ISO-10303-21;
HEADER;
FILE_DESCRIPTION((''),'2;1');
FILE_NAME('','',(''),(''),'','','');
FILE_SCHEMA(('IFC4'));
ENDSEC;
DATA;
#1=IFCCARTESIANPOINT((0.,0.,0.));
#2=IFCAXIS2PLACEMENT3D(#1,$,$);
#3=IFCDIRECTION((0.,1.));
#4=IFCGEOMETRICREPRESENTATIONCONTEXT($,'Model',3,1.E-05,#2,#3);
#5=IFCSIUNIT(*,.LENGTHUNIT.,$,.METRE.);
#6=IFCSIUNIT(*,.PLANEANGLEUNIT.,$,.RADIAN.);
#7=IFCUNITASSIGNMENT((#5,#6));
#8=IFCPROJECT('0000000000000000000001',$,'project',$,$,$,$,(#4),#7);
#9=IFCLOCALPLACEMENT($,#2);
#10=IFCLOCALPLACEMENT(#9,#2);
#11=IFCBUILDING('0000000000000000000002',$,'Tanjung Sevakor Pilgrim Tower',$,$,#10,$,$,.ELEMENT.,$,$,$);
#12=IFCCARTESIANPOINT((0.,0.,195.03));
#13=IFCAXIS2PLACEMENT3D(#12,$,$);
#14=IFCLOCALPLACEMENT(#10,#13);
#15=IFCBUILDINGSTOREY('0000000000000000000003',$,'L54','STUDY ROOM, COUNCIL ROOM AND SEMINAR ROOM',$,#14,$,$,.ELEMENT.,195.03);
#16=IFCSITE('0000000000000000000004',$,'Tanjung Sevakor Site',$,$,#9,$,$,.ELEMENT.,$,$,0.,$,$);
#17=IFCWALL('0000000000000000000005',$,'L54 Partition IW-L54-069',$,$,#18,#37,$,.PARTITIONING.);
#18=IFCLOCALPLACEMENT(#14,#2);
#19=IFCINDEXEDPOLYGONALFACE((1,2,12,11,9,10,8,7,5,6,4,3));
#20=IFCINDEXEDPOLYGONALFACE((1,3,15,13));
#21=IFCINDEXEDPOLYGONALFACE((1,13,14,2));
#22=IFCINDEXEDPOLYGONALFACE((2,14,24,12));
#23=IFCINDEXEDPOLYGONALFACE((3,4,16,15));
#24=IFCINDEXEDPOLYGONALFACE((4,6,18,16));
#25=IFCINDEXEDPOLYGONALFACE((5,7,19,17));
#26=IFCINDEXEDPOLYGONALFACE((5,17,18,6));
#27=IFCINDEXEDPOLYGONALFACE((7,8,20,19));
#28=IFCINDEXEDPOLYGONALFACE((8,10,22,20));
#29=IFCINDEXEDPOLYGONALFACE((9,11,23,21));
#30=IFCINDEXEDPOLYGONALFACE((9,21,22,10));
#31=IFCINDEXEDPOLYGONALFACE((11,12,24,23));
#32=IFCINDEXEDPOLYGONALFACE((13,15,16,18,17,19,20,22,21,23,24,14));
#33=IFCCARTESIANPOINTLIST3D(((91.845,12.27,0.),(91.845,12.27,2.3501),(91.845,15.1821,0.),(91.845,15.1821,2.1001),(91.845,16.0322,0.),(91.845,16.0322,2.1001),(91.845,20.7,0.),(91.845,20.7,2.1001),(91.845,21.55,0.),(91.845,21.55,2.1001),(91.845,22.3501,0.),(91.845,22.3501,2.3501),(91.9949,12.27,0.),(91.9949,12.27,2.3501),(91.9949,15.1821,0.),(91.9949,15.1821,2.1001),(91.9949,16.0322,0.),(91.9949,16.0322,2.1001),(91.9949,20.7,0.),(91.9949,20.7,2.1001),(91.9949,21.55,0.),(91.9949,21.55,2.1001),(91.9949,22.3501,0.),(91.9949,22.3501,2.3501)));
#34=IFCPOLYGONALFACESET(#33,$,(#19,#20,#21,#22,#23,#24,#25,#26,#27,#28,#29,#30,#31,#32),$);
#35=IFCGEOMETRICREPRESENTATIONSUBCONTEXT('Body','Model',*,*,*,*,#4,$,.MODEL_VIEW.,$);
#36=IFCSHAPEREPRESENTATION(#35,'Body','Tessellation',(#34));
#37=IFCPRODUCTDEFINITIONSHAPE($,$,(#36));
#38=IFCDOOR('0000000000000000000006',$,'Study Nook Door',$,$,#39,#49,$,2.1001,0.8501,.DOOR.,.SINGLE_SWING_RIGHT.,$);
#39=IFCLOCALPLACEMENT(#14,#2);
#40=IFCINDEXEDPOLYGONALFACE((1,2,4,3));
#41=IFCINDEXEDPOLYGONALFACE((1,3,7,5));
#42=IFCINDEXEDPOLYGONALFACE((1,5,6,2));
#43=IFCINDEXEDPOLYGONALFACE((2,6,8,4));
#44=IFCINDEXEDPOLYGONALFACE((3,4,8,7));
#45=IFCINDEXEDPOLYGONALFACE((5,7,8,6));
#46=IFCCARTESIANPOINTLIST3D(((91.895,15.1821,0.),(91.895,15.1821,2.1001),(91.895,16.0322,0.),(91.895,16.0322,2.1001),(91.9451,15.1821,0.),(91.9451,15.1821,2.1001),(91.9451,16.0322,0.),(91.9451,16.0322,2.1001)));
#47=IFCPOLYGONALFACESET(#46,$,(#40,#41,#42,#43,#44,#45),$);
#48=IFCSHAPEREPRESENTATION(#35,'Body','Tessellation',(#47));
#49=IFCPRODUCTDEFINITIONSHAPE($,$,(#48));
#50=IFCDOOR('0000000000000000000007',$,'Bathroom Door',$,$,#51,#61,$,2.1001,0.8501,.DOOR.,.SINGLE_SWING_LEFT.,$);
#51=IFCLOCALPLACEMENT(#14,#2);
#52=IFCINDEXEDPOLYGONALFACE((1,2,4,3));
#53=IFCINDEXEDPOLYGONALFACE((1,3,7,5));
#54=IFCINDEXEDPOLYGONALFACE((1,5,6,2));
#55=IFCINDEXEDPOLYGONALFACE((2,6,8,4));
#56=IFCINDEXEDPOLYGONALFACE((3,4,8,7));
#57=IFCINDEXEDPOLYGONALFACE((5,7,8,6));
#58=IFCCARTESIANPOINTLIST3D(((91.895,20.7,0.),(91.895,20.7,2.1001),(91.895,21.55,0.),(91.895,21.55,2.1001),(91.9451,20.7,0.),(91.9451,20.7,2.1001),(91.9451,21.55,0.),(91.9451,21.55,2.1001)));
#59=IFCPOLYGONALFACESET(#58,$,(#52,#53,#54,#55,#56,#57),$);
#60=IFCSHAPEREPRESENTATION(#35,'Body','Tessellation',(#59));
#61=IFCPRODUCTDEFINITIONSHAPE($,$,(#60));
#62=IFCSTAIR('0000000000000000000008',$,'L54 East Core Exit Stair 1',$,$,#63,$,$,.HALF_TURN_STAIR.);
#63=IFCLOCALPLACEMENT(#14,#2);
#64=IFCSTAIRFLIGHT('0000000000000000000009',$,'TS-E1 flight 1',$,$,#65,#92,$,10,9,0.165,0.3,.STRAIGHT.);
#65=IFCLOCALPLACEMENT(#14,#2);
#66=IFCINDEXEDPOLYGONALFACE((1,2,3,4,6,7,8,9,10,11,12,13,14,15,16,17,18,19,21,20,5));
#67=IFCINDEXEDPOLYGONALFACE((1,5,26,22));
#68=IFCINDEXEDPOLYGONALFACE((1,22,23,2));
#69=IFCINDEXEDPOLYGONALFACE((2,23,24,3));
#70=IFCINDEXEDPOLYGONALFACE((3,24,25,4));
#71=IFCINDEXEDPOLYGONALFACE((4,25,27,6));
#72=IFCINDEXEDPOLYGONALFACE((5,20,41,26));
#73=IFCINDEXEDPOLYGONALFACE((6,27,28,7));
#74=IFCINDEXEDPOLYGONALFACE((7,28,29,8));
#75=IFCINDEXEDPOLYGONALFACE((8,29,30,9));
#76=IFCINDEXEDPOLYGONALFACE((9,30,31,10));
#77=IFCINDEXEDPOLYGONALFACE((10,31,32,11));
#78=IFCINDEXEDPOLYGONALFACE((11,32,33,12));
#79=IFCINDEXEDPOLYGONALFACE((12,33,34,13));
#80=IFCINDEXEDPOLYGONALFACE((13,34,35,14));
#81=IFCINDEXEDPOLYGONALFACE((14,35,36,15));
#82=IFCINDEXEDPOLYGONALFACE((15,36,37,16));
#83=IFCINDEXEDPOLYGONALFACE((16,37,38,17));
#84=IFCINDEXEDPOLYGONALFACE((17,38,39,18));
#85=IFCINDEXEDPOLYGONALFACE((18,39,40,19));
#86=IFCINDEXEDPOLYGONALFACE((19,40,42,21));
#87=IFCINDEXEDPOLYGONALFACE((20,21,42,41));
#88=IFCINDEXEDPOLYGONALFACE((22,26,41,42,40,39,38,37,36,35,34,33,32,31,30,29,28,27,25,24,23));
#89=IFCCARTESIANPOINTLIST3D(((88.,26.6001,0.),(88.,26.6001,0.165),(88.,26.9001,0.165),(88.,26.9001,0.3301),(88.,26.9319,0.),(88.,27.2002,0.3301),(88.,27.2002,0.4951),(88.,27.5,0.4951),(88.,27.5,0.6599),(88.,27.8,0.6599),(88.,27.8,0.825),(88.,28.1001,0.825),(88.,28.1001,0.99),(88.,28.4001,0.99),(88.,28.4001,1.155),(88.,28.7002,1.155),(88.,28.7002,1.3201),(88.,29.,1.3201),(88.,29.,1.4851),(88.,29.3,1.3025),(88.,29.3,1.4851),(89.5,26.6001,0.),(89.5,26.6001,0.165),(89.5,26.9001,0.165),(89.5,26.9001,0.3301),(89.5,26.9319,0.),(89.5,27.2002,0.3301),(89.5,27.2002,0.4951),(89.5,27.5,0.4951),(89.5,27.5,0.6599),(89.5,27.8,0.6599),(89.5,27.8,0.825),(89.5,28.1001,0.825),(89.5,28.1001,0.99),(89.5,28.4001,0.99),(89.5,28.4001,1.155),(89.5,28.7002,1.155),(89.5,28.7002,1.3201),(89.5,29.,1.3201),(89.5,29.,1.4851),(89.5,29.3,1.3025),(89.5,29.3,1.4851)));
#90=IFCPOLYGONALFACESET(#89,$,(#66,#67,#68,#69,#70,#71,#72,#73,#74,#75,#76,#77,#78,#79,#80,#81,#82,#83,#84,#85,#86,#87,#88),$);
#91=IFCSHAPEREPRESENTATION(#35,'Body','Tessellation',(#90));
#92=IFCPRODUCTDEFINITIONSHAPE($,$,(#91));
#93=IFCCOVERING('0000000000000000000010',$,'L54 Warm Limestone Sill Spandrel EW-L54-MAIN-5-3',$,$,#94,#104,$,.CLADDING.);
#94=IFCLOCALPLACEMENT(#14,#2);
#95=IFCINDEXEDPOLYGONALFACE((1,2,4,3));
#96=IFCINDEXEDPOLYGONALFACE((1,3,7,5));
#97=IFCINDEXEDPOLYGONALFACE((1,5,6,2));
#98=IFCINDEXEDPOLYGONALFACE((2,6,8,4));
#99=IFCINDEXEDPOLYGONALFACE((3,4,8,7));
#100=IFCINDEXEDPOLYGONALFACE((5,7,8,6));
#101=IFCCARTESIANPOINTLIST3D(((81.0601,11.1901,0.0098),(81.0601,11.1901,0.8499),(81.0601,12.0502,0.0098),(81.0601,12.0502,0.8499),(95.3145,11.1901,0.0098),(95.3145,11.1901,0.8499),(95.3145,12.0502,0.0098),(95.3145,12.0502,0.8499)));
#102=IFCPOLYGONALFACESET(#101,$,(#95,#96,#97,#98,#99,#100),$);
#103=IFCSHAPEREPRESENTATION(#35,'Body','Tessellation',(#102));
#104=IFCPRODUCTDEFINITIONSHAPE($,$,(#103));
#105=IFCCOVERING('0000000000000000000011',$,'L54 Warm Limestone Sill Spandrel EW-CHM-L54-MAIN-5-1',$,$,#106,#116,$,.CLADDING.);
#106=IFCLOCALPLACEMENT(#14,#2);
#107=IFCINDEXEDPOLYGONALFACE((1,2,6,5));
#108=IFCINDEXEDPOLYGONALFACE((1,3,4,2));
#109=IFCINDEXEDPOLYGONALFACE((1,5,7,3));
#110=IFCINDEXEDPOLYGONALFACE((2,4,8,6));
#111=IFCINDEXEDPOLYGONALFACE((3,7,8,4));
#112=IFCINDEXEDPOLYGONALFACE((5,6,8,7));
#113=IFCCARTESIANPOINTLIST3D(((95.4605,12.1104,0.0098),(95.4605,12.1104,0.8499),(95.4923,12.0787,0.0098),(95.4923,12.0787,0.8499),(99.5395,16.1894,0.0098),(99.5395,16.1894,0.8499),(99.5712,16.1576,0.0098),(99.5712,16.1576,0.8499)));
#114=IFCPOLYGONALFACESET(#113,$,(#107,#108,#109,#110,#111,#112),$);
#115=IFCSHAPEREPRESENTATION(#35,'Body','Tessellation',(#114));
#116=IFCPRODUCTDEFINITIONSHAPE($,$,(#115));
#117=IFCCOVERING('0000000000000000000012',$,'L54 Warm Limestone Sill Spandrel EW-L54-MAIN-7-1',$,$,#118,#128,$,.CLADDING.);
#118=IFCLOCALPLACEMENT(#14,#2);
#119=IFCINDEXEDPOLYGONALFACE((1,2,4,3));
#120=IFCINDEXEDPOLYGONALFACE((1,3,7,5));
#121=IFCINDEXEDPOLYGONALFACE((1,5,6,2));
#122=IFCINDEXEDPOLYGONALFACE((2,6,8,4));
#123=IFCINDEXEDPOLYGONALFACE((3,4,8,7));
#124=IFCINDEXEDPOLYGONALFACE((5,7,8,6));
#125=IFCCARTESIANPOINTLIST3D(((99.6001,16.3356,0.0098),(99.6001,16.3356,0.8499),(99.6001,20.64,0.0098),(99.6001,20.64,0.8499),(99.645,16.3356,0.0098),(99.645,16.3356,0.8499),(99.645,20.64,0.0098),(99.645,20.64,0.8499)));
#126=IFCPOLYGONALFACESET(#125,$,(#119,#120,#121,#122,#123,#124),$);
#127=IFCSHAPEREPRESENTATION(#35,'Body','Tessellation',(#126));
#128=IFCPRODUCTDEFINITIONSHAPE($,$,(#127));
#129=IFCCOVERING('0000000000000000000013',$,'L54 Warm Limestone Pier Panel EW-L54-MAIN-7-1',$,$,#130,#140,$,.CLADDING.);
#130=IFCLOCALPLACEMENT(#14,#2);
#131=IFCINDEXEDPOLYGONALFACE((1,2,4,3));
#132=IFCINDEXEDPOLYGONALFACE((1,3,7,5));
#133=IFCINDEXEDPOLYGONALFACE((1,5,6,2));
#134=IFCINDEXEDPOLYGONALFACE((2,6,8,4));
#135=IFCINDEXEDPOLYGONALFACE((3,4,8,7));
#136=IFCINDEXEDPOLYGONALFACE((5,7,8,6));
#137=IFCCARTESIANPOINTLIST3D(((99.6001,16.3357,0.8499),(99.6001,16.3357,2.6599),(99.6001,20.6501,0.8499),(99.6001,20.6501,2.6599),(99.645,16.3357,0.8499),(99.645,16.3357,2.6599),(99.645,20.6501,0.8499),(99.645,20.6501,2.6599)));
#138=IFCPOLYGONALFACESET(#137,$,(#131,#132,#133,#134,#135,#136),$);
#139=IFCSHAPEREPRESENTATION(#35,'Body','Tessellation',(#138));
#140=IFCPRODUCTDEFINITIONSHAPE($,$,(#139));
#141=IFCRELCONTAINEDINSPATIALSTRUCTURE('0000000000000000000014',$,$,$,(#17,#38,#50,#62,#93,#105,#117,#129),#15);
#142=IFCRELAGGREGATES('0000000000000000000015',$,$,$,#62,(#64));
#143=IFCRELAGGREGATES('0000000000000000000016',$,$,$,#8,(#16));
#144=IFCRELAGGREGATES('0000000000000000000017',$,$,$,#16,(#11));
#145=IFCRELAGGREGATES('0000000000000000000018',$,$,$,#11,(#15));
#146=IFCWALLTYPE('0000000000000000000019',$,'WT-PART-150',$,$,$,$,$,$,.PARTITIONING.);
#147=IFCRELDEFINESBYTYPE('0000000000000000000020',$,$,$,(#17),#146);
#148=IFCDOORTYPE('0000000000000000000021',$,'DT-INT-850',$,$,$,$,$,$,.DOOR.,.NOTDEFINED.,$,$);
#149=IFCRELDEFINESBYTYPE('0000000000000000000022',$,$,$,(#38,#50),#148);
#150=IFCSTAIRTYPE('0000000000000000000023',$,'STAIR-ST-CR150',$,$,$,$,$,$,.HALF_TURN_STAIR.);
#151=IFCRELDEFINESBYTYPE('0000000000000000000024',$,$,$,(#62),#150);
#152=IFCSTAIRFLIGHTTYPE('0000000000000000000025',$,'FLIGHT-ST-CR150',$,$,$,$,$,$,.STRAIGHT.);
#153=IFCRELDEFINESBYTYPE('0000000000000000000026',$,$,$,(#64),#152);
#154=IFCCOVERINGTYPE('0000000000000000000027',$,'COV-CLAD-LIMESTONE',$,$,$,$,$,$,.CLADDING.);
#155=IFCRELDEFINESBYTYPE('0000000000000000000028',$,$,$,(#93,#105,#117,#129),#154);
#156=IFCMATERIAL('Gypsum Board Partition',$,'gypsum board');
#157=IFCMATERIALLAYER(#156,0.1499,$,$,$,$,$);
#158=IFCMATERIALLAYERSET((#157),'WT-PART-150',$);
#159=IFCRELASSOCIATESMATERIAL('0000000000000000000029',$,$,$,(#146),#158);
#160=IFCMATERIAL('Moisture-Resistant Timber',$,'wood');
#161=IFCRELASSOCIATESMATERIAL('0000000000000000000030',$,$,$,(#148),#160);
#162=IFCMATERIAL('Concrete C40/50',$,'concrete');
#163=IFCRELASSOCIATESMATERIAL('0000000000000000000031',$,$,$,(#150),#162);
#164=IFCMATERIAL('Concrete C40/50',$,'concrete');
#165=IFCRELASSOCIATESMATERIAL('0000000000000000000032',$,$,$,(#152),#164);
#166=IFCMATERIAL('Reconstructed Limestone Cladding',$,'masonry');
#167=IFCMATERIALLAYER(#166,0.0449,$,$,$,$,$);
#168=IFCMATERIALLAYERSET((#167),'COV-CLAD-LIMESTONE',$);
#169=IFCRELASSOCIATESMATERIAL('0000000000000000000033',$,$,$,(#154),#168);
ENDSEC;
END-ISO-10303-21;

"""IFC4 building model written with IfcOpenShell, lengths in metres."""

from ifc_helpers import new_model, si_unit, direction, frame, frame_2d, origin, origin_2d, place, context, subcontext, project, spatial, polyline, rectangle, outline, extrude, material, layer, layer_set, type_object, element, fill, aggregate, save


model = new_model("IFC4")

# Units and contexts
model_context = context("Model", 3, precision=1e-05, world=origin(), true_north=direction((0.0, 1.0)))
body_context = subcontext(model_context, "Body", "Model", "MODEL_VIEW")
ifc_project = project(units=[si_unit("LENGTHUNIT", "METRE"), si_unit("PLANEANGLEUNIT", "RADIAN")], contexts=[model_context])

# Site, building, storey
site_placement = place(None, origin())
site = spatial("IfcSite", under=ifc_project, at=site_placement, Name="Tanjung Sevakor Site", CompositionType="ELEMENT", RefElevation=0.0)
building_placement = place(site_placement, origin())
building = spatial("IfcBuilding", under=site, at=building_placement, Name="Tanjung Sevakor Pilgrim Tower", CompositionType="ELEMENT")
storey_placement = place(building_placement, frame((0.0, 0.0, 195.03)))
storey = spatial("IfcBuildingStorey", under=building, at=storey_placement, Name="L54", Description="STUDY ROOM, COUNCIL ROOM AND SEMINAR ROOM", CompositionType="ELEMENT", Elevation=195.03)

# Shared definitions
ifc_material_1 = material(Name="Gypsum Board Partition", Category="gypsum board")
ifc_layer_1 = layer(ifc_material_1, 0.1499)
ifc_layer_set_1 = layer_set([ifc_layer_1], Name="WT-PART-150")
wall_type_1 = type_object("IfcWallType", Name="WT-PART-150", PredefinedType="PARTITIONING", material=ifc_layer_set_1)

# Wall, openings, doors
wall_1_placement = place(storey_placement, frame((91.9199, 12.27, 0.0), z_axis=(0.0, 0.0, 1.0), x_axis=(0.0, 1.0, 0.0)))
wall_1 = element("IfcWall", 1, at=wall_1_placement, inside=storey, type_object=wall_type_1, Name="L54 Partition IW-L54-069", PredefinedType="PARTITIONING", context=body_context, shape_type="SweptSolid", body=[
    extrude(rectangle(XDim=10.0801, YDim=0.1499, at=frame_2d((5.04, 0.0))), origin(), (0.0, 0.0, 1.0), 2.3501),
])
opening_1_placement = place(wall_1_placement, frame((2.9121, 0.0, 0.0)))
opening_1 = element("IfcOpeningElement", 2, at=opening_1_placement, cuts=wall_1, PredefinedType="OPENING", context=body_context, shape_type="SweptSolid", body=[
    extrude(rectangle(XDim=0.8501, YDim=2.1001, at=frame_2d((0.425, 1.05))), frame((0.0, 0.085, 0.0), z_axis=(0.0, -1.0, 0.0), x_axis=(1.0, 0.0, 0.0)), (0.0, 0.0, 1.0), 0.1699),
])
opening_2_placement = place(wall_1_placement, frame((8.4299, 0.0, 0.0)))
opening_2 = element("IfcOpeningElement", 3, at=opening_2_placement, cuts=wall_1, PredefinedType="OPENING", context=body_context, shape_type="SweptSolid", body=[
    extrude(rectangle(XDim=0.8501, YDim=2.1001, at=frame_2d((0.425, 1.05))), frame((0.0, 0.085, 0.0), z_axis=(0.0, -1.0, 0.0), x_axis=(1.0, 0.0, 0.0)), (0.0, 0.0, 1.0), 0.1699),
])
ifc_material_2 = material(Name="Moisture-Resistant Timber", Category="wood")
door_type_1 = type_object("IfcDoorType", Name="DT-INT-850", OperationType="NOTDEFINED", PredefinedType="DOOR", material=ifc_material_2)
door_1_placement = place(opening_1_placement, origin())
door_1 = element("IfcDoor", 4, at=door_1_placement, inside=storey, type_object=door_type_1, Name="Study Nook Door", OperationType="SINGLE_SWING_RIGHT", OverallHeight=2.1001, OverallWidth=0.8501, PredefinedType="DOOR", context=body_context, shape_type="SweptSolid", body=[
    extrude(rectangle(XDim=0.8501, YDim=2.1001, at=frame_2d((0.425, 1.05))), frame((0.0, 0.0249, 0.0), z_axis=(0.0, -1.0, 0.0), x_axis=(1.0, 0.0, 0.0)), (0.0, 0.0, 1.0), 0.05),
])
fill(opening_1, door_1)
door_2_placement = place(opening_2_placement, origin())
door_2 = element("IfcDoor", 5, at=door_2_placement, inside=storey, type_object=door_type_1, Name="Bathroom Door", OperationType="SINGLE_SWING_LEFT", OverallHeight=2.1001, OverallWidth=0.8501, PredefinedType="DOOR", context=body_context, shape_type="SweptSolid", body=[
    extrude(rectangle(XDim=0.8501, YDim=2.1001, at=frame_2d((0.425, 1.05))), frame((0.0, 0.0249, 0.0), z_axis=(0.0, -1.0, 0.0), x_axis=(1.0, 0.0, 0.0)), (0.0, 0.0, 1.0), 0.05),
])
fill(opening_2, door_2)

# Stair, stair flight
ifc_material_3 = material(Name="Concrete C40/50", Category="concrete")
stair_type = type_object("IfcStairType", Name="STAIR-ST-CR150", PredefinedType="HALF_TURN_STAIR", material=ifc_material_3)
stair_placement = place(storey_placement, origin())
stair = element("IfcStair", 6, at=stair_placement, inside=storey, type_object=stair_type, Name="L54 East Core Exit Stair 1", PredefinedType="HALF_TURN_STAIR")
ifc_material_4 = material(Name="Concrete C40/50", Category="concrete")
stair_flight_type = type_object("IfcStairFlightType", Name="FLIGHT-ST-CR150", PredefinedType="STRAIGHT", material=ifc_material_4)
stair_flight_placement = place(storey_placement, frame((88.75, 26.6001, 0.0), z_axis=(0.0, 0.0, 1.0), x_axis=(0.0, 1.0, 0.0)))
stair_flight = element("IfcStairFlight", 7, at=stair_flight_placement, type_object=stair_flight_type, Name="TS-E1 flight 1", NumberOfRisers=10, NumberOfTreads=9, PredefinedType="STRAIGHT", RiserHeight=0.165, TreadLength=0.3, context=body_context, shape_type="SweptSolid", body=[
    extrude(outline(polyline([(0.0, 0.0), (0.0, 0.165), (0.3, 0.165), (0.3, 0.3301), (0.6001, 0.3301), (0.6001, 0.4951), (0.8999, 0.4951), (0.8999, 0.6599), (1.2, 0.6599), (1.2, 0.825), (1.5, 0.825), (1.5, 0.99), (1.8, 0.99), (1.8, 1.155), (2.1001, 1.155), (2.1001, 1.3201), (2.3999, 1.3201), (2.3999, 1.4851), (2.7, 1.4851), (2.7, 1.6499), (2.7, 1.3025), (0.3318, 0.0), (0.0, 0.0)])), frame((0.0, 0.75, 0.0), z_axis=(0.0, -1.0, 0.0), x_axis=(1.0, 0.0, 0.0)), (0.0, 0.0, 1.0), 1.5),
])
aggregate(stair, [stair_flight])

# Coverings
ifc_material_5 = material(Name="Reconstructed Limestone Cladding", Category="masonry")
ifc_layer_2 = layer(ifc_material_5, 0.0449)
ifc_layer_set_2 = layer_set([ifc_layer_2], Name="COV-CLAD-LIMESTONE")
covering_type = type_object("IfcCoveringType", Name="COV-CLAD-LIMESTONE", PredefinedType="CLADDING", material=ifc_layer_set_2)
covering_1_placement = place(storey_placement, frame((88.1873, 11.6201, 0.0098), z_axis=(0.0, 0.0, 1.0), x_axis=(1.0, 0.0, 0.0)))
element("IfcCovering", 8, at=covering_1_placement, inside=storey, type_object=covering_type, Name="L54 Warm Limestone Sill Spandrel EW-L54-MAIN-5-3", PredefinedType="CLADDING", context=body_context, shape_type="SweptSolid", body=[
    extrude(rectangle(XDim=14.2544, YDim=0.8601, at=origin_2d()), origin(), (0.0, 0.0, 1.0), 0.8401),
])
covering_2_placement = place(storey_placement, frame((97.5159, 14.134, 0.0098), z_axis=(0.0, 0.0, 1.0), x_axis=(0.707107, 0.707107, 0.0)))
element("IfcCovering", 9, at=covering_2_placement, inside=storey, type_object=covering_type, Name="L54 Warm Limestone Sill Spandrel EW-CHM-L54-MAIN-5-1", PredefinedType="CLADDING", context=body_context, shape_type="SweptSolid", body=[
    extrude(rectangle(XDim=5.7686, YDim=0.0449, at=origin_2d()), origin(), (0.0, 0.0, 1.0), 0.8401),
])
covering_3_placement = place(storey_placement, frame((99.6226, 18.4878, 0.0098), z_axis=(0.0, 0.0, 1.0), x_axis=(0.0, 1.0, 0.0)))
element("IfcCovering", 10, at=covering_3_placement, inside=storey, type_object=covering_type, Name="L54 Warm Limestone Sill Spandrel EW-L54-MAIN-7-1", PredefinedType="CLADDING", context=body_context, shape_type="SweptSolid", body=[
    extrude(rectangle(XDim=4.3044, YDim=0.0449, at=origin_2d()), origin(), (0.0, 0.0, 1.0), 0.8401),
])
covering_4_placement = place(storey_placement, frame((99.6226, 18.4929, 0.8499), z_axis=(0.0, 0.0, 1.0), x_axis=(0.0, 1.0, 0.0)))
element("IfcCovering", 11, at=covering_4_placement, inside=storey, type_object=covering_type, Name="L54 Warm Limestone Pier Panel EW-L54-MAIN-7-1", PredefinedType="CLADDING", context=body_context, shape_type="SweptSolid", body=[
    extrude(rectangle(XDim=4.3145, YDim=0.0449, at=origin_2d()), origin(), (0.0, 0.0, 1.0), 1.8101),
])

save(model, "model.ifc")
